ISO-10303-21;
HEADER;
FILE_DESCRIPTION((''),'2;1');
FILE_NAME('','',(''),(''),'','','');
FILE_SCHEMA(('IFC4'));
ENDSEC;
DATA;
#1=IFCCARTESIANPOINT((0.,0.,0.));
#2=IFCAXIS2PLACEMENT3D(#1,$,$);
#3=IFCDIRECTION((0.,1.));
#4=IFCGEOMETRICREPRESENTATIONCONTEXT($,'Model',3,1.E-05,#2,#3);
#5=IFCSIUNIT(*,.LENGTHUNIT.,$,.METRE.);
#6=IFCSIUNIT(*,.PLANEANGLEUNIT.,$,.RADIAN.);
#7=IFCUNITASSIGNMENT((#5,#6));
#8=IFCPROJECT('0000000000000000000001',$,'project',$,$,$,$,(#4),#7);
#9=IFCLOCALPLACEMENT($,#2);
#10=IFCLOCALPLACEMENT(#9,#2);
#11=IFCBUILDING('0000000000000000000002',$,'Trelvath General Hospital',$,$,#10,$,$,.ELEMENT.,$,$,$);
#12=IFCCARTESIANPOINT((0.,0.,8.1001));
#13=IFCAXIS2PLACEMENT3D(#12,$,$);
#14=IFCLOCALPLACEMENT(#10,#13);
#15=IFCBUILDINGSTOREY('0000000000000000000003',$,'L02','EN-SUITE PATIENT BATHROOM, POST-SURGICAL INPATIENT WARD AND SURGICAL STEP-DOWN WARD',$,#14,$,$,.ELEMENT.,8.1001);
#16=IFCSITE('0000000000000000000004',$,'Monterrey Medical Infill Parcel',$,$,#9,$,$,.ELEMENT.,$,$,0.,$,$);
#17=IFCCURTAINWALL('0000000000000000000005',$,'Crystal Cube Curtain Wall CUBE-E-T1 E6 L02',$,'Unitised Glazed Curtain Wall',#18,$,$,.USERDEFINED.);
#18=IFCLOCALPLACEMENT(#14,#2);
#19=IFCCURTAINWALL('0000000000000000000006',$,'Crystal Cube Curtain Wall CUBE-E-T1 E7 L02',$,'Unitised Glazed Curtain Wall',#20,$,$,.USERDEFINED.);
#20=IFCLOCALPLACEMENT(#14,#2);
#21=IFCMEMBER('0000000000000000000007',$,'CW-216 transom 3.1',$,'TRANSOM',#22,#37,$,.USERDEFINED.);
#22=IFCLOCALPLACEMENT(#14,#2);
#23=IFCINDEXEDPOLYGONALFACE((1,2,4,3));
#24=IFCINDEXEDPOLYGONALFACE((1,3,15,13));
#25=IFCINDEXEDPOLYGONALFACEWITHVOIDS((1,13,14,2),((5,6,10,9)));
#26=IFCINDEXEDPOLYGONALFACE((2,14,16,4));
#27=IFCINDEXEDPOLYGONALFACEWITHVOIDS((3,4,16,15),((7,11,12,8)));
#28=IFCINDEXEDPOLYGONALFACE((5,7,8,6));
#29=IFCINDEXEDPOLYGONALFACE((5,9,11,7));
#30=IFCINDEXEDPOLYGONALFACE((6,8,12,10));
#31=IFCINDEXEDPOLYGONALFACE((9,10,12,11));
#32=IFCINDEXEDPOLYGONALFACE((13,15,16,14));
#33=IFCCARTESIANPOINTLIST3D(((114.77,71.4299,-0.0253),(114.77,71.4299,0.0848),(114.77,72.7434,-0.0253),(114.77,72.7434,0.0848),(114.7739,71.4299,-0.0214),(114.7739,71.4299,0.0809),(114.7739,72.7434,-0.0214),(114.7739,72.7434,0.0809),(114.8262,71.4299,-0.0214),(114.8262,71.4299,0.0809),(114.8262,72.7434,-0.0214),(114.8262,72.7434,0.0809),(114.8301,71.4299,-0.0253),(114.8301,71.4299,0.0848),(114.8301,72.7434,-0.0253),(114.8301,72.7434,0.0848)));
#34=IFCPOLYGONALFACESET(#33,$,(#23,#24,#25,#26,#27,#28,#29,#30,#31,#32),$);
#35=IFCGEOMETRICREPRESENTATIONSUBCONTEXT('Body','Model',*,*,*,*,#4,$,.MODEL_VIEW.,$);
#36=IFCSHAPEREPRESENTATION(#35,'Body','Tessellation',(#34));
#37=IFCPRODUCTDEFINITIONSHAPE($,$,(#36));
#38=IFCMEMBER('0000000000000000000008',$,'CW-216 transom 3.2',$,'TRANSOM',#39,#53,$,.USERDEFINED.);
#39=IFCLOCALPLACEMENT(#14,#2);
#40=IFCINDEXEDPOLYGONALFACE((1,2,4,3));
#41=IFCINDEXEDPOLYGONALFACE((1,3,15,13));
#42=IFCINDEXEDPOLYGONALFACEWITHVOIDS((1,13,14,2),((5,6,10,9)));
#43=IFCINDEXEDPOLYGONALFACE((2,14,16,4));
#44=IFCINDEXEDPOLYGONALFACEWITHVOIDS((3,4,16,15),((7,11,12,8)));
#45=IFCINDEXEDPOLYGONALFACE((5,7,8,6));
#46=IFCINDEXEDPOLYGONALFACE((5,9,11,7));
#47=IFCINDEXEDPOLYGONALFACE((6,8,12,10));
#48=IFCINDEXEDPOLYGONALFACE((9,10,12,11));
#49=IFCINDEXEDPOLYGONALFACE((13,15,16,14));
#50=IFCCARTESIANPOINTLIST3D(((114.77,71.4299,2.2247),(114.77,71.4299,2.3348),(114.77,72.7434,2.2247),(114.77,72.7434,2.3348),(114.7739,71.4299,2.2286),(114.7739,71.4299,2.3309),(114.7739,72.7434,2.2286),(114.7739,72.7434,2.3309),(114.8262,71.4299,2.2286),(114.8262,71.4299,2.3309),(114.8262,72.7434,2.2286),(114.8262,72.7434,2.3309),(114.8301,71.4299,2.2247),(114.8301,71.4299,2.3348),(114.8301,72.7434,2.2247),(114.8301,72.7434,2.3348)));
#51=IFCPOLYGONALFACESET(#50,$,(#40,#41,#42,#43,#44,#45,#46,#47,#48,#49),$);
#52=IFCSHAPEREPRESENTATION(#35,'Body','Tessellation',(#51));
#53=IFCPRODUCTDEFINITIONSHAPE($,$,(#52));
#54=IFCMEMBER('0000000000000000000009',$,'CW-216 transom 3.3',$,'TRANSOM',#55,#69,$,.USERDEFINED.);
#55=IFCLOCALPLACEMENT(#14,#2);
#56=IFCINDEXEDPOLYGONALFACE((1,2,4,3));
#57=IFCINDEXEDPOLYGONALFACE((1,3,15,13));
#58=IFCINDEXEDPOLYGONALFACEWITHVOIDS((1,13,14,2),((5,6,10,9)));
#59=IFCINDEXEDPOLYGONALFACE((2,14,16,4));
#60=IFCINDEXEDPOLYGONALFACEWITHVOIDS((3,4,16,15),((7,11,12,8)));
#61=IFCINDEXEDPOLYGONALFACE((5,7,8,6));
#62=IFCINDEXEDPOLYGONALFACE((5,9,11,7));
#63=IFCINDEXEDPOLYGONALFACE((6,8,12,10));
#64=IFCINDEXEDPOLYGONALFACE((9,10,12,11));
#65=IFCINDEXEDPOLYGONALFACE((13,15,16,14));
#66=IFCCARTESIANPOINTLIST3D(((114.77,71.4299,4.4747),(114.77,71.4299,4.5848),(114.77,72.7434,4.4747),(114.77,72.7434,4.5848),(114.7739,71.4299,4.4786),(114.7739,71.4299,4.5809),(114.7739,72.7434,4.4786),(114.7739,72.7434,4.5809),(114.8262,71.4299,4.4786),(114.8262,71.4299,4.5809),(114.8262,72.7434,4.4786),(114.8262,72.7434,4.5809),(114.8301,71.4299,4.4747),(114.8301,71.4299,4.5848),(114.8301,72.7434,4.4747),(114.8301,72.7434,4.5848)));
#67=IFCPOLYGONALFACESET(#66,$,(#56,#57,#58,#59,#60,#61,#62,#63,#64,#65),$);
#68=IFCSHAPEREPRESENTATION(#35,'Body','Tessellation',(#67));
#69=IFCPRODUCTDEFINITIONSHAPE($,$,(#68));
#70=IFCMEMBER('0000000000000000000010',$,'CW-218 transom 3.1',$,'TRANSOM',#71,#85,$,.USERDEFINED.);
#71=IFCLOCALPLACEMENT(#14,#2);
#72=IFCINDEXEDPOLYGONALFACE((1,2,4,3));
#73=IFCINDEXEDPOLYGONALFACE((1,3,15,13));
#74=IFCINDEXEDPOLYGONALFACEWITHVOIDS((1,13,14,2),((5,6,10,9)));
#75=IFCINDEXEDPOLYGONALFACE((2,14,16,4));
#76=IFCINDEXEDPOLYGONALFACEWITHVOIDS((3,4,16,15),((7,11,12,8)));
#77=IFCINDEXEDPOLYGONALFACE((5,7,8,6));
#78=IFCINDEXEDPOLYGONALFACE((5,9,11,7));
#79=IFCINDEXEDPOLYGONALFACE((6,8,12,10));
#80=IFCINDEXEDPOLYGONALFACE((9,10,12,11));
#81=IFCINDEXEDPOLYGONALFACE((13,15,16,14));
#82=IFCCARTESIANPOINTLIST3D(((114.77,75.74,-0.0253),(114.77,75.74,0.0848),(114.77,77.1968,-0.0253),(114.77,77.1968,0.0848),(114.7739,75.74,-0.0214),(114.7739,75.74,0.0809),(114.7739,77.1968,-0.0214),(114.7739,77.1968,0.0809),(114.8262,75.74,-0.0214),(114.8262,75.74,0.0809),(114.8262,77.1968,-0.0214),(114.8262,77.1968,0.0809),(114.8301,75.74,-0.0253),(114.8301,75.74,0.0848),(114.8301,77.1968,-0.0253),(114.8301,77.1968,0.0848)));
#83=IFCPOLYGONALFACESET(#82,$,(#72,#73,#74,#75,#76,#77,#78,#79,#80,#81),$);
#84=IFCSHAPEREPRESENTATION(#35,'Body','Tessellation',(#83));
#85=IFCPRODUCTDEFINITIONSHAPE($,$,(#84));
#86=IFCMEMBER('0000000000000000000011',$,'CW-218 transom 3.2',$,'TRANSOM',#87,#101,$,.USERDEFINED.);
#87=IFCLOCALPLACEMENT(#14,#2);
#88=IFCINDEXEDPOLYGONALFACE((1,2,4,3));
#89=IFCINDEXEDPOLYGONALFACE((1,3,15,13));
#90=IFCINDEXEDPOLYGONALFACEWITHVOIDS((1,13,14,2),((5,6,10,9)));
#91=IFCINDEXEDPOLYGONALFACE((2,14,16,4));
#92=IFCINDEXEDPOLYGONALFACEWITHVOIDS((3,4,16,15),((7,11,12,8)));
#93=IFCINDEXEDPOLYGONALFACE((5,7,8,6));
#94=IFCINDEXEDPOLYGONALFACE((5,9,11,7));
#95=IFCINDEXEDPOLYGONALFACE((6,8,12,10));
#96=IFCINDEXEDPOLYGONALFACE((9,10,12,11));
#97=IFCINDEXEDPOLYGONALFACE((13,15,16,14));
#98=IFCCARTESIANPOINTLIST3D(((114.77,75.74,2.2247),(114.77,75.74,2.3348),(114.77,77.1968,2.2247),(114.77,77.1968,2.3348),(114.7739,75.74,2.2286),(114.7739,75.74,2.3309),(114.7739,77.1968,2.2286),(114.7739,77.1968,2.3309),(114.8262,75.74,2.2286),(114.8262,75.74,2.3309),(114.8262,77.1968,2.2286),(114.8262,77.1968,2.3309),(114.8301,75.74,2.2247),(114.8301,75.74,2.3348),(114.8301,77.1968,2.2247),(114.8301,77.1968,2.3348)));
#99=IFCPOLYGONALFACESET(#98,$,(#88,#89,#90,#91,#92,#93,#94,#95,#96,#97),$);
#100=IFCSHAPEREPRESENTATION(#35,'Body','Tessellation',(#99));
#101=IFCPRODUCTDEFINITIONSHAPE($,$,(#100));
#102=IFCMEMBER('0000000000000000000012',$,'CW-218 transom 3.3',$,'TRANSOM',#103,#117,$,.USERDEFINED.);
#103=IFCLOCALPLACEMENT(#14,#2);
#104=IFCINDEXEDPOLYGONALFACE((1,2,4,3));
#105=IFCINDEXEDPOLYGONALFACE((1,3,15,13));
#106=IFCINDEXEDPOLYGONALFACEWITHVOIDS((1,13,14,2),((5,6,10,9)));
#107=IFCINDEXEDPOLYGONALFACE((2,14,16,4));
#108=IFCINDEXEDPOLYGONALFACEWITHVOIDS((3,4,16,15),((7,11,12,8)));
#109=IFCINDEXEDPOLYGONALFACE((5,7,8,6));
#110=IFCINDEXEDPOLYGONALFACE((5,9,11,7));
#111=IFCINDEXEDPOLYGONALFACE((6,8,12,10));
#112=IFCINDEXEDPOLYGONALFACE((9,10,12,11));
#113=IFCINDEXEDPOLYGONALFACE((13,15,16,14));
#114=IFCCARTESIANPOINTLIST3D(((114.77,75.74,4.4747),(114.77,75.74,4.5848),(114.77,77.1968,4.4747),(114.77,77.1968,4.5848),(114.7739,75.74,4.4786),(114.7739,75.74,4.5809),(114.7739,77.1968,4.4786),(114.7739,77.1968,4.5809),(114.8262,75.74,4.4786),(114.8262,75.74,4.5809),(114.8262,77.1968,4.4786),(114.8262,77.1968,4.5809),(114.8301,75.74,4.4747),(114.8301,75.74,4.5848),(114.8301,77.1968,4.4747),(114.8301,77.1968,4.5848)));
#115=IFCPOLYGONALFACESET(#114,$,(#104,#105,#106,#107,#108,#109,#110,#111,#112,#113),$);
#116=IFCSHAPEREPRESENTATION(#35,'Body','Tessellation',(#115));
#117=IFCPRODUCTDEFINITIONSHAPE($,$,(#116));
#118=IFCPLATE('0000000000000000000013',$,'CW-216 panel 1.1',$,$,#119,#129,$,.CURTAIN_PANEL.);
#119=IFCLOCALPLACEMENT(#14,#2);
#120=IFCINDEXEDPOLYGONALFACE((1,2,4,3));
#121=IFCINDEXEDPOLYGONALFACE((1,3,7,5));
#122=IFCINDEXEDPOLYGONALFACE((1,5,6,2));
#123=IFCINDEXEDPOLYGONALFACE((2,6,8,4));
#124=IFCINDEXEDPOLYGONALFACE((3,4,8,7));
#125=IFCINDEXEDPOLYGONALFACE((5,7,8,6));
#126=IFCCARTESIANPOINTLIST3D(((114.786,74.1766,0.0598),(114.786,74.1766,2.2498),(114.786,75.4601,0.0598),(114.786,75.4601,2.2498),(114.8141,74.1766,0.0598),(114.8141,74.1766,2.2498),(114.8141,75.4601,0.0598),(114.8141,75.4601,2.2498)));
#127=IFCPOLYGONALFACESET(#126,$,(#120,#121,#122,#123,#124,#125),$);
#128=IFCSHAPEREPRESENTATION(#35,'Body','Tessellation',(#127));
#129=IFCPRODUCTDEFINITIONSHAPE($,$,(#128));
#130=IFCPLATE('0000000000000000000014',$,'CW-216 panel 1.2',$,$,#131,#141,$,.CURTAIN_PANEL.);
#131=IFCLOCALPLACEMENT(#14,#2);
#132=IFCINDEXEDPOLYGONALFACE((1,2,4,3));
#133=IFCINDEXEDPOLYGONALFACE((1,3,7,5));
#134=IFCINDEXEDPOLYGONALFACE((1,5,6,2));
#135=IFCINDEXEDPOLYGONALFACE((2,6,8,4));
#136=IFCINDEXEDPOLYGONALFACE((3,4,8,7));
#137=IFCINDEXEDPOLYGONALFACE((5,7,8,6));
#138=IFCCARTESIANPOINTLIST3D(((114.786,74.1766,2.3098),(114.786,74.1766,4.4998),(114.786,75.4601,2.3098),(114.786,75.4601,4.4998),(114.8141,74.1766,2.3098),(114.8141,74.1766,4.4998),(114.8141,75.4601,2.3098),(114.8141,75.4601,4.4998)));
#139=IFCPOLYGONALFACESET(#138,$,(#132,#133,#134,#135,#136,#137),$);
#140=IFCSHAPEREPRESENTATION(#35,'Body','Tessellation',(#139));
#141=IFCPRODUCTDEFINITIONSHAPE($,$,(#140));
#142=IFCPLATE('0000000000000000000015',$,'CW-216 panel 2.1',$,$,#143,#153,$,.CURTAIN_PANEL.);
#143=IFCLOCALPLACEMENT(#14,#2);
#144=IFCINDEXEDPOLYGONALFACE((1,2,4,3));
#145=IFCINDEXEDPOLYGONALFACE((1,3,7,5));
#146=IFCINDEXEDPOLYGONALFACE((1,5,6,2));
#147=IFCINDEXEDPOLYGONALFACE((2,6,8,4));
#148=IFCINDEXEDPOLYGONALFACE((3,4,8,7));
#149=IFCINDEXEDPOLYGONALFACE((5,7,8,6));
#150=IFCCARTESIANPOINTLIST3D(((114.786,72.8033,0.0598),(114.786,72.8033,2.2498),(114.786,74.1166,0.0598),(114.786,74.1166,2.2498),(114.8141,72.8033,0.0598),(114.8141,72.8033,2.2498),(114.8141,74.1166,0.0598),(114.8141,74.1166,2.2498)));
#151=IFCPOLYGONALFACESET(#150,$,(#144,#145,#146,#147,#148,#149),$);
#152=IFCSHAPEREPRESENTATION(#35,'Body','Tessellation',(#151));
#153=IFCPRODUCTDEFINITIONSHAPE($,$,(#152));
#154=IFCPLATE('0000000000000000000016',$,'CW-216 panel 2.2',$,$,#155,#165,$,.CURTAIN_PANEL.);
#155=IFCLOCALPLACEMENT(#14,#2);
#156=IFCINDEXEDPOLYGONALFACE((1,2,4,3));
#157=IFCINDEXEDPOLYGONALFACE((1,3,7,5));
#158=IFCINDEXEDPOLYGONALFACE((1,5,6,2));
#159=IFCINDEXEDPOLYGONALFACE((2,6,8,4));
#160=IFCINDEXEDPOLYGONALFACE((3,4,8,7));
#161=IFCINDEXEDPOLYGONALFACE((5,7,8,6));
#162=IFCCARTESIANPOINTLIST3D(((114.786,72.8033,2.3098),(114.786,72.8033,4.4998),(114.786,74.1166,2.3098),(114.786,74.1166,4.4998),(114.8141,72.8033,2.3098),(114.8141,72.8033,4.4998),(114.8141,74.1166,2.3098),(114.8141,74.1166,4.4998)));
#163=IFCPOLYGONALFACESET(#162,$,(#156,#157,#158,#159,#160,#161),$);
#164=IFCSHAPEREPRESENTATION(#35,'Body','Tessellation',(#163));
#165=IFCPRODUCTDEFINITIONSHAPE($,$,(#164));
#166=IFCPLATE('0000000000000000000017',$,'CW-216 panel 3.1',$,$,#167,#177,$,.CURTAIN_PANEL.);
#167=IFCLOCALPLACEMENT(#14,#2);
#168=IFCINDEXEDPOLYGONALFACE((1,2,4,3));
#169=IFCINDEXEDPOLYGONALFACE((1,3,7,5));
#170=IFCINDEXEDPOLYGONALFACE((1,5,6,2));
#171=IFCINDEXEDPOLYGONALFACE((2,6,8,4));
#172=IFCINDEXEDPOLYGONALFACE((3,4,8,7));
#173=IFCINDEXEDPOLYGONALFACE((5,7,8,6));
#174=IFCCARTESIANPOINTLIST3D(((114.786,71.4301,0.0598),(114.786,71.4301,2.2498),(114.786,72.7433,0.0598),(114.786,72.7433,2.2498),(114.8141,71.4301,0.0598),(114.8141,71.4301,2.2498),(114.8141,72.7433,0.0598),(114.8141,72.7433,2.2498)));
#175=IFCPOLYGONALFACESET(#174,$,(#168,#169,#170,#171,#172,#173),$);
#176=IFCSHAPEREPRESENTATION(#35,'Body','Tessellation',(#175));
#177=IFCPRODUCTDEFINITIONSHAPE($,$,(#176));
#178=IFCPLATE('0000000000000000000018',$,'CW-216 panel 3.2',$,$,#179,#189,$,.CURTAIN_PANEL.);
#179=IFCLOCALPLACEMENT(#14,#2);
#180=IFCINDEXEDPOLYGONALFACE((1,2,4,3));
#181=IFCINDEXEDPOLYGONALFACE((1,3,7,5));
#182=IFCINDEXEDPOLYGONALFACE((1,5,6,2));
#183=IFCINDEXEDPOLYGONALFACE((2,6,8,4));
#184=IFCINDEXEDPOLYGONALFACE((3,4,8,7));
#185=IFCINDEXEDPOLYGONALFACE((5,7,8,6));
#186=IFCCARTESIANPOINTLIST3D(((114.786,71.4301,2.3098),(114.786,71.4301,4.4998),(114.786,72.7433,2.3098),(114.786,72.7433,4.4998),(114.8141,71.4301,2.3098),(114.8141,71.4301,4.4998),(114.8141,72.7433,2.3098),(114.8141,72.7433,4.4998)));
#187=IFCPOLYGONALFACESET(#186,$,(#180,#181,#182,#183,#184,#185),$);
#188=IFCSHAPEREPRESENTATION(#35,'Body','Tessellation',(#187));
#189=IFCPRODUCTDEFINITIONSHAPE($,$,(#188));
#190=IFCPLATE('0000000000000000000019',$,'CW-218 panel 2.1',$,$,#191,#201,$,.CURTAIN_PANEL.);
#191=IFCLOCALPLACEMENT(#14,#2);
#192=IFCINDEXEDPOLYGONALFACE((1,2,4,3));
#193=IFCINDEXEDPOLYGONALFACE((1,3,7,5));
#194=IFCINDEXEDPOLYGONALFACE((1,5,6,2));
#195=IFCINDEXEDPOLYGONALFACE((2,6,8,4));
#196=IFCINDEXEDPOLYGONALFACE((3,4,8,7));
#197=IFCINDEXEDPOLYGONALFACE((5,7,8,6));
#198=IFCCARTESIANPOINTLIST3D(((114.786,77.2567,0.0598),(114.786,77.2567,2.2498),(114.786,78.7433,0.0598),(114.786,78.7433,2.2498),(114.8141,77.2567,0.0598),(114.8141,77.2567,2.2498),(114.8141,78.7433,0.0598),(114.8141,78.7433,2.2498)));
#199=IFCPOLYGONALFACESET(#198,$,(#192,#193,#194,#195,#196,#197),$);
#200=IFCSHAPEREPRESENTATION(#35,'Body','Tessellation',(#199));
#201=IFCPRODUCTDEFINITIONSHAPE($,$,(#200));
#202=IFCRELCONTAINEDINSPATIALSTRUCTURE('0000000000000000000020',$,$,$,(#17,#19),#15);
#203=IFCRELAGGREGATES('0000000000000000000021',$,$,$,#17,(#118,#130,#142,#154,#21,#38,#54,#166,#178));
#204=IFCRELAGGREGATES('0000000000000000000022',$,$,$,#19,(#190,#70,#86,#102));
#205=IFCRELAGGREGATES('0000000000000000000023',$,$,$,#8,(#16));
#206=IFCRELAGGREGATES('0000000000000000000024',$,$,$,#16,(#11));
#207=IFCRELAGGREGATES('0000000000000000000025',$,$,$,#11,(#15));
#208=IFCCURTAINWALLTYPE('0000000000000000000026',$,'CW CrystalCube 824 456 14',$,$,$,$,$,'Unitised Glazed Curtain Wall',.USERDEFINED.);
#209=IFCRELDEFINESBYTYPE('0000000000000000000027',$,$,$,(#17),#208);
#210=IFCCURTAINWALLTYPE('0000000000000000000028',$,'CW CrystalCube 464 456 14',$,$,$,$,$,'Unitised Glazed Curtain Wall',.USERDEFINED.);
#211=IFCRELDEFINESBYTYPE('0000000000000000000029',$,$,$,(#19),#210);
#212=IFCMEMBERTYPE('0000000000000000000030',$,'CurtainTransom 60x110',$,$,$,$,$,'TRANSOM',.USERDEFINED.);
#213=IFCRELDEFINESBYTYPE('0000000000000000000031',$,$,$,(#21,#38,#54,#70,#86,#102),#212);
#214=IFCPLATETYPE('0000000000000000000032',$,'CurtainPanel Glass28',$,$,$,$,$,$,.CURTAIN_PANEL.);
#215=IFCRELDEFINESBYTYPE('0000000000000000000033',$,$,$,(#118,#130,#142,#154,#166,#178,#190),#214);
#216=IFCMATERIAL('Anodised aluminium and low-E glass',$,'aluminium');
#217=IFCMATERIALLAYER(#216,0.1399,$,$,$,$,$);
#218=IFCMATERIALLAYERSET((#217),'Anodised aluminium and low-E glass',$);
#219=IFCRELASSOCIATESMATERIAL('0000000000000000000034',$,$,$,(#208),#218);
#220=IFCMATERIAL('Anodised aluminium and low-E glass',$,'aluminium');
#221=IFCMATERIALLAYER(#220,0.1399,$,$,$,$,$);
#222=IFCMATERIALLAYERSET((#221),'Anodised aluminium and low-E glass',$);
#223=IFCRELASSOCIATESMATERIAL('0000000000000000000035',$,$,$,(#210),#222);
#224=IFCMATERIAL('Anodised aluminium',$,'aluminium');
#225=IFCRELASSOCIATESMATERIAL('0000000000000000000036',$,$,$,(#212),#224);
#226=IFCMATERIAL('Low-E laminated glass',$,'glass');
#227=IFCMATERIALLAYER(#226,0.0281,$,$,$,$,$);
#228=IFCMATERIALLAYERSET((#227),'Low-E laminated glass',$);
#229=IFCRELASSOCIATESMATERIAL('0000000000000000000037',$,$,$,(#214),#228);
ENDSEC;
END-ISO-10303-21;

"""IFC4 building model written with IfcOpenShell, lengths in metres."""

from ifc_helpers import new_model, si_unit, direction, frame, origin, origin_2d, place, context, subcontext, project, spatial, rectangle, hollow_rectangle, extrude, material, layer, layer_set, material_profile, profile_set, type_object, element, aggregate, save


model = new_model("IFC4")

# Units and contexts
model_context = context("Model", 3, precision=1e-05, world=origin(), true_north=direction((0.0, 1.0)))
body_context = subcontext(model_context, "Body", "Model", "MODEL_VIEW")
ifc_project = project(units=[si_unit("LENGTHUNIT", "METRE"), si_unit("PLANEANGLEUNIT", "RADIAN")], contexts=[model_context])

# Site, building, storey
site_placement = place(None, origin())
site = spatial("IfcSite", under=ifc_project, at=site_placement, Name="Monterrey Medical Infill Parcel", CompositionType="ELEMENT", RefElevation=0.0)
building_placement = place(site_placement, origin())
building = spatial("IfcBuilding", under=site, at=building_placement, Name="Trelvath General Hospital", CompositionType="ELEMENT")
storey_placement = place(building_placement, frame((0.0, 0.0, 8.1001)))
storey = spatial("IfcBuildingStorey", under=building, at=storey_placement, Name="L02", Description="EN-SUITE PATIENT BATHROOM, POST-SURGICAL INPATIENT WARD AND SURGICAL STEP-DOWN WARD", CompositionType="ELEMENT", Elevation=8.1001)

# Curtain walls
ifc_material_1 = material(Name="Anodised aluminium and low-E glass", Category="aluminium")
ifc_layer_1 = layer(ifc_material_1, 0.1399)
ifc_layer_set_1 = layer_set([ifc_layer_1], Name="Anodised aluminium and low-E glass")
curtain_wall_type_1 = type_object("IfcCurtainWallType", Name="CW CrystalCube 824 456 14", ElementType="Unitised Glazed Curtain Wall", PredefinedType="USERDEFINED", material=ifc_layer_set_1)
curtain_wall_1_placement = place(storey_placement, origin())
curtain_wall_1 = element("IfcCurtainWall", 1, at=curtain_wall_1_placement, inside=storey, type_object=curtain_wall_type_1, Name="Crystal Cube Curtain Wall CUBE-E-T1 E6 L02", ObjectType="Unitised Glazed Curtain Wall", PredefinedType="USERDEFINED")
ifc_material_2 = material(Name="Anodised aluminium and low-E glass", Category="aluminium")
ifc_layer_2 = layer(ifc_material_2, 0.1399)
ifc_layer_set_2 = layer_set([ifc_layer_2], Name="Anodised aluminium and low-E glass")
curtain_wall_type_2 = type_object("IfcCurtainWallType", Name="CW CrystalCube 464 456 14", ElementType="Unitised Glazed Curtain Wall", PredefinedType="USERDEFINED", material=ifc_layer_set_2)
curtain_wall_2_placement = place(storey_placement, origin())
curtain_wall_2 = element("IfcCurtainWall", 2, at=curtain_wall_2_placement, inside=storey, type_object=curtain_wall_type_2, Name="Crystal Cube Curtain Wall CUBE-E-T1 E7 L02", ObjectType="Unitised Glazed Curtain Wall", PredefinedType="USERDEFINED")

# Members
ifc_material_3 = material(Name="Anodised aluminium", Category="aluminium")
ifc_material_profile_1 = material_profile(ifc_material_3, hollow_rectangle(XDim=0.0601, YDim=0.1101, WallThickness=0.0039, at=origin_2d()), Name="RHS60x110x4")
ifc_profile_set_1 = profile_set([ifc_material_profile_1], Name="Anodised aluminium")
member_type_1 = type_object("IfcMemberType", Name="CurtainTransom 60x110", ElementType="TRANSOM", PredefinedType="USERDEFINED", material=ifc_profile_set_1)
member_1_placement = place(storey_placement, frame((114.8, 72.7434, 0.0298), z_axis=(0.0, -1.0, 0.0), x_axis=(1.0, 0.0, 0.0)))
member_1 = element("IfcMember", 3, at=member_1_placement, type_object=member_type_1, Name="CW-216 transom 3.1", ObjectType="TRANSOM", PredefinedType="USERDEFINED", context=body_context, shape_type="SweptSolid", body=[
    extrude(hollow_rectangle(XDim=0.0601, YDim=0.1101, WallThickness=0.0039, at=origin_2d()), origin(), (0.0, 0.0, 1.0), 1.3135),
])
member_2_placement = place(storey_placement, frame((114.8, 72.7434, 2.2798), z_axis=(0.0, -1.0, 0.0), x_axis=(1.0, 0.0, 0.0)))
member_2 = element("IfcMember", 4, at=member_2_placement, type_object=member_type_1, Name="CW-216 transom 3.2", ObjectType="TRANSOM", PredefinedType="USERDEFINED", context=body_context, shape_type="SweptSolid", body=[
    extrude(hollow_rectangle(XDim=0.0601, YDim=0.1101, WallThickness=0.0039, at=origin_2d()), origin(), (0.0, 0.0, 1.0), 1.3135),
])
member_3_placement = place(storey_placement, frame((114.8, 72.7434, 4.5298), z_axis=(0.0, -1.0, 0.0), x_axis=(1.0, 0.0, 0.0)))
member_3 = element("IfcMember", 5, at=member_3_placement, type_object=member_type_1, Name="CW-216 transom 3.3", ObjectType="TRANSOM", PredefinedType="USERDEFINED", context=body_context, shape_type="SweptSolid", body=[
    extrude(hollow_rectangle(XDim=0.0601, YDim=0.1101, WallThickness=0.0039, at=origin_2d()), origin(), (0.0, 0.0, 1.0), 1.3135),
])
member_4_placement = place(storey_placement, frame((114.8, 77.1968, 0.0298), z_axis=(0.0, -1.0, 0.0), x_axis=(1.0, 0.0, 0.0)))
member_4 = element("IfcMember", 6, at=member_4_placement, type_object=member_type_1, Name="CW-218 transom 3.1", ObjectType="TRANSOM", PredefinedType="USERDEFINED", context=body_context, shape_type="SweptSolid", body=[
    extrude(hollow_rectangle(XDim=0.0601, YDim=0.1101, WallThickness=0.0039, at=origin_2d()), origin(), (0.0, 0.0, 1.0), 1.4568),
])
member_5_placement = place(storey_placement, frame((114.8, 77.1968, 2.2798), z_axis=(0.0, -1.0, 0.0), x_axis=(1.0, 0.0, 0.0)))
member_5 = element("IfcMember", 7, at=member_5_placement, type_object=member_type_1, Name="CW-218 transom 3.2", ObjectType="TRANSOM", PredefinedType="USERDEFINED", context=body_context, shape_type="SweptSolid", body=[
    extrude(hollow_rectangle(XDim=0.0601, YDim=0.1101, WallThickness=0.0039, at=origin_2d()), origin(), (0.0, 0.0, 1.0), 1.4568),
])
member_6_placement = place(storey_placement, frame((114.8, 77.1968, 4.5298), z_axis=(0.0, -1.0, 0.0), x_axis=(1.0, 0.0, 0.0)))
member_6 = element("IfcMember", 8, at=member_6_placement, type_object=member_type_1, Name="CW-218 transom 3.3", ObjectType="TRANSOM", PredefinedType="USERDEFINED", context=body_context, shape_type="SweptSolid", body=[
    extrude(hollow_rectangle(XDim=0.0601, YDim=0.1101, WallThickness=0.0039, at=origin_2d()), origin(), (0.0, 0.0, 1.0), 1.4568),
])

# Plates
ifc_material_4 = material(Name="Low-E laminated glass", Category="glass")
ifc_layer_3 = layer(ifc_material_4, 0.0281)
ifc_layer_set_3 = layer_set([ifc_layer_3], Name="Low-E laminated glass")
plate_type = type_object("IfcPlateType", Name="CurtainPanel Glass28", PredefinedType="CURTAIN_PANEL", material=ifc_layer_set_3)
plate_1_placement = place(storey_placement, frame((114.8, 74.8184, 0.0598), z_axis=(0.0, 0.0, 1.0), x_axis=(0.0, -1.0, 0.0)))
plate_1 = element("IfcPlate", 9, at=plate_1_placement, type_object=plate_type, Name="CW-216 panel 1.1", PredefinedType="CURTAIN_PANEL", context=body_context, shape_type="SweptSolid", body=[
    extrude(rectangle(XDim=1.2834, YDim=0.0281, at=origin_2d()), origin(), (0.0, 0.0, 1.0), 2.1899),
])
plate_2_placement = place(storey_placement, frame((114.8, 74.8184, 2.3098), z_axis=(0.0, 0.0, 1.0), x_axis=(0.0, -1.0, 0.0)))
plate_2 = element("IfcPlate", 10, at=plate_2_placement, type_object=plate_type, Name="CW-216 panel 1.2", PredefinedType="CURTAIN_PANEL", context=body_context, shape_type="SweptSolid", body=[
    extrude(rectangle(XDim=1.2834, YDim=0.0281, at=origin_2d()), origin(), (0.0, 0.0, 1.0), 2.1899),
])
plate_3_placement = place(storey_placement, frame((114.8, 73.46, 0.0598), z_axis=(0.0, 0.0, 1.0), x_axis=(0.0, -1.0, 0.0)))
plate_3 = element("IfcPlate", 11, at=plate_3_placement, type_object=plate_type, Name="CW-216 panel 2.1", PredefinedType="CURTAIN_PANEL", context=body_context, shape_type="SweptSolid", body=[
    extrude(rectangle(XDim=1.3132, YDim=0.0281, at=origin_2d()), origin(), (0.0, 0.0, 1.0), 2.1899),
])
plate_4_placement = place(storey_placement, frame((114.8, 73.46, 2.3098), z_axis=(0.0, 0.0, 1.0), x_axis=(0.0, -1.0, 0.0)))
plate_4 = element("IfcPlate", 12, at=plate_4_placement, type_object=plate_type, Name="CW-216 panel 2.2", PredefinedType="CURTAIN_PANEL", context=body_context, shape_type="SweptSolid", body=[
    extrude(rectangle(XDim=1.3132, YDim=0.0281, at=origin_2d()), origin(), (0.0, 0.0, 1.0), 2.1899),
])
plate_5_placement = place(storey_placement, frame((114.8, 72.0867, 0.0598), z_axis=(0.0, 0.0, 1.0), x_axis=(0.0, -1.0, 0.0)))
plate_5 = element("IfcPlate", 13, at=plate_5_placement, type_object=plate_type, Name="CW-216 panel 3.1", PredefinedType="CURTAIN_PANEL", context=body_context, shape_type="SweptSolid", body=[
    extrude(rectangle(XDim=1.3132, YDim=0.0281, at=origin_2d()), origin(), (0.0, 0.0, 1.0), 2.1899),
])
plate_6_placement = place(storey_placement, frame((114.8, 72.0867, 2.3098), z_axis=(0.0, 0.0, 1.0), x_axis=(0.0, -1.0, 0.0)))
plate_6 = element("IfcPlate", 14, at=plate_6_placement, type_object=plate_type, Name="CW-216 panel 3.2", PredefinedType="CURTAIN_PANEL", context=body_context, shape_type="SweptSolid", body=[
    extrude(rectangle(XDim=1.3132, YDim=0.0281, at=origin_2d()), origin(), (0.0, 0.0, 1.0), 2.1899),
])
aggregate(curtain_wall_1, [plate_1, plate_2, plate_3, plate_4, member_1, member_2, member_3, plate_5, plate_6])
plate_7_placement = place(storey_placement, frame((114.8, 78.0, 0.0598), z_axis=(0.0, 0.0, 1.0), x_axis=(0.0, -1.0, 0.0)))
plate_7 = element("IfcPlate", 15, at=plate_7_placement, type_object=plate_type, Name="CW-218 panel 2.1", PredefinedType="CURTAIN_PANEL", context=body_context, shape_type="SweptSolid", body=[
    extrude(rectangle(XDim=1.4866, YDim=0.0281, at=origin_2d()), origin(), (0.0, 0.0, 1.0), 2.1899),
])
aggregate(curtain_wall_2, [plate_7, member_4, member_5, member_6])

save(model, "model.ifc")
